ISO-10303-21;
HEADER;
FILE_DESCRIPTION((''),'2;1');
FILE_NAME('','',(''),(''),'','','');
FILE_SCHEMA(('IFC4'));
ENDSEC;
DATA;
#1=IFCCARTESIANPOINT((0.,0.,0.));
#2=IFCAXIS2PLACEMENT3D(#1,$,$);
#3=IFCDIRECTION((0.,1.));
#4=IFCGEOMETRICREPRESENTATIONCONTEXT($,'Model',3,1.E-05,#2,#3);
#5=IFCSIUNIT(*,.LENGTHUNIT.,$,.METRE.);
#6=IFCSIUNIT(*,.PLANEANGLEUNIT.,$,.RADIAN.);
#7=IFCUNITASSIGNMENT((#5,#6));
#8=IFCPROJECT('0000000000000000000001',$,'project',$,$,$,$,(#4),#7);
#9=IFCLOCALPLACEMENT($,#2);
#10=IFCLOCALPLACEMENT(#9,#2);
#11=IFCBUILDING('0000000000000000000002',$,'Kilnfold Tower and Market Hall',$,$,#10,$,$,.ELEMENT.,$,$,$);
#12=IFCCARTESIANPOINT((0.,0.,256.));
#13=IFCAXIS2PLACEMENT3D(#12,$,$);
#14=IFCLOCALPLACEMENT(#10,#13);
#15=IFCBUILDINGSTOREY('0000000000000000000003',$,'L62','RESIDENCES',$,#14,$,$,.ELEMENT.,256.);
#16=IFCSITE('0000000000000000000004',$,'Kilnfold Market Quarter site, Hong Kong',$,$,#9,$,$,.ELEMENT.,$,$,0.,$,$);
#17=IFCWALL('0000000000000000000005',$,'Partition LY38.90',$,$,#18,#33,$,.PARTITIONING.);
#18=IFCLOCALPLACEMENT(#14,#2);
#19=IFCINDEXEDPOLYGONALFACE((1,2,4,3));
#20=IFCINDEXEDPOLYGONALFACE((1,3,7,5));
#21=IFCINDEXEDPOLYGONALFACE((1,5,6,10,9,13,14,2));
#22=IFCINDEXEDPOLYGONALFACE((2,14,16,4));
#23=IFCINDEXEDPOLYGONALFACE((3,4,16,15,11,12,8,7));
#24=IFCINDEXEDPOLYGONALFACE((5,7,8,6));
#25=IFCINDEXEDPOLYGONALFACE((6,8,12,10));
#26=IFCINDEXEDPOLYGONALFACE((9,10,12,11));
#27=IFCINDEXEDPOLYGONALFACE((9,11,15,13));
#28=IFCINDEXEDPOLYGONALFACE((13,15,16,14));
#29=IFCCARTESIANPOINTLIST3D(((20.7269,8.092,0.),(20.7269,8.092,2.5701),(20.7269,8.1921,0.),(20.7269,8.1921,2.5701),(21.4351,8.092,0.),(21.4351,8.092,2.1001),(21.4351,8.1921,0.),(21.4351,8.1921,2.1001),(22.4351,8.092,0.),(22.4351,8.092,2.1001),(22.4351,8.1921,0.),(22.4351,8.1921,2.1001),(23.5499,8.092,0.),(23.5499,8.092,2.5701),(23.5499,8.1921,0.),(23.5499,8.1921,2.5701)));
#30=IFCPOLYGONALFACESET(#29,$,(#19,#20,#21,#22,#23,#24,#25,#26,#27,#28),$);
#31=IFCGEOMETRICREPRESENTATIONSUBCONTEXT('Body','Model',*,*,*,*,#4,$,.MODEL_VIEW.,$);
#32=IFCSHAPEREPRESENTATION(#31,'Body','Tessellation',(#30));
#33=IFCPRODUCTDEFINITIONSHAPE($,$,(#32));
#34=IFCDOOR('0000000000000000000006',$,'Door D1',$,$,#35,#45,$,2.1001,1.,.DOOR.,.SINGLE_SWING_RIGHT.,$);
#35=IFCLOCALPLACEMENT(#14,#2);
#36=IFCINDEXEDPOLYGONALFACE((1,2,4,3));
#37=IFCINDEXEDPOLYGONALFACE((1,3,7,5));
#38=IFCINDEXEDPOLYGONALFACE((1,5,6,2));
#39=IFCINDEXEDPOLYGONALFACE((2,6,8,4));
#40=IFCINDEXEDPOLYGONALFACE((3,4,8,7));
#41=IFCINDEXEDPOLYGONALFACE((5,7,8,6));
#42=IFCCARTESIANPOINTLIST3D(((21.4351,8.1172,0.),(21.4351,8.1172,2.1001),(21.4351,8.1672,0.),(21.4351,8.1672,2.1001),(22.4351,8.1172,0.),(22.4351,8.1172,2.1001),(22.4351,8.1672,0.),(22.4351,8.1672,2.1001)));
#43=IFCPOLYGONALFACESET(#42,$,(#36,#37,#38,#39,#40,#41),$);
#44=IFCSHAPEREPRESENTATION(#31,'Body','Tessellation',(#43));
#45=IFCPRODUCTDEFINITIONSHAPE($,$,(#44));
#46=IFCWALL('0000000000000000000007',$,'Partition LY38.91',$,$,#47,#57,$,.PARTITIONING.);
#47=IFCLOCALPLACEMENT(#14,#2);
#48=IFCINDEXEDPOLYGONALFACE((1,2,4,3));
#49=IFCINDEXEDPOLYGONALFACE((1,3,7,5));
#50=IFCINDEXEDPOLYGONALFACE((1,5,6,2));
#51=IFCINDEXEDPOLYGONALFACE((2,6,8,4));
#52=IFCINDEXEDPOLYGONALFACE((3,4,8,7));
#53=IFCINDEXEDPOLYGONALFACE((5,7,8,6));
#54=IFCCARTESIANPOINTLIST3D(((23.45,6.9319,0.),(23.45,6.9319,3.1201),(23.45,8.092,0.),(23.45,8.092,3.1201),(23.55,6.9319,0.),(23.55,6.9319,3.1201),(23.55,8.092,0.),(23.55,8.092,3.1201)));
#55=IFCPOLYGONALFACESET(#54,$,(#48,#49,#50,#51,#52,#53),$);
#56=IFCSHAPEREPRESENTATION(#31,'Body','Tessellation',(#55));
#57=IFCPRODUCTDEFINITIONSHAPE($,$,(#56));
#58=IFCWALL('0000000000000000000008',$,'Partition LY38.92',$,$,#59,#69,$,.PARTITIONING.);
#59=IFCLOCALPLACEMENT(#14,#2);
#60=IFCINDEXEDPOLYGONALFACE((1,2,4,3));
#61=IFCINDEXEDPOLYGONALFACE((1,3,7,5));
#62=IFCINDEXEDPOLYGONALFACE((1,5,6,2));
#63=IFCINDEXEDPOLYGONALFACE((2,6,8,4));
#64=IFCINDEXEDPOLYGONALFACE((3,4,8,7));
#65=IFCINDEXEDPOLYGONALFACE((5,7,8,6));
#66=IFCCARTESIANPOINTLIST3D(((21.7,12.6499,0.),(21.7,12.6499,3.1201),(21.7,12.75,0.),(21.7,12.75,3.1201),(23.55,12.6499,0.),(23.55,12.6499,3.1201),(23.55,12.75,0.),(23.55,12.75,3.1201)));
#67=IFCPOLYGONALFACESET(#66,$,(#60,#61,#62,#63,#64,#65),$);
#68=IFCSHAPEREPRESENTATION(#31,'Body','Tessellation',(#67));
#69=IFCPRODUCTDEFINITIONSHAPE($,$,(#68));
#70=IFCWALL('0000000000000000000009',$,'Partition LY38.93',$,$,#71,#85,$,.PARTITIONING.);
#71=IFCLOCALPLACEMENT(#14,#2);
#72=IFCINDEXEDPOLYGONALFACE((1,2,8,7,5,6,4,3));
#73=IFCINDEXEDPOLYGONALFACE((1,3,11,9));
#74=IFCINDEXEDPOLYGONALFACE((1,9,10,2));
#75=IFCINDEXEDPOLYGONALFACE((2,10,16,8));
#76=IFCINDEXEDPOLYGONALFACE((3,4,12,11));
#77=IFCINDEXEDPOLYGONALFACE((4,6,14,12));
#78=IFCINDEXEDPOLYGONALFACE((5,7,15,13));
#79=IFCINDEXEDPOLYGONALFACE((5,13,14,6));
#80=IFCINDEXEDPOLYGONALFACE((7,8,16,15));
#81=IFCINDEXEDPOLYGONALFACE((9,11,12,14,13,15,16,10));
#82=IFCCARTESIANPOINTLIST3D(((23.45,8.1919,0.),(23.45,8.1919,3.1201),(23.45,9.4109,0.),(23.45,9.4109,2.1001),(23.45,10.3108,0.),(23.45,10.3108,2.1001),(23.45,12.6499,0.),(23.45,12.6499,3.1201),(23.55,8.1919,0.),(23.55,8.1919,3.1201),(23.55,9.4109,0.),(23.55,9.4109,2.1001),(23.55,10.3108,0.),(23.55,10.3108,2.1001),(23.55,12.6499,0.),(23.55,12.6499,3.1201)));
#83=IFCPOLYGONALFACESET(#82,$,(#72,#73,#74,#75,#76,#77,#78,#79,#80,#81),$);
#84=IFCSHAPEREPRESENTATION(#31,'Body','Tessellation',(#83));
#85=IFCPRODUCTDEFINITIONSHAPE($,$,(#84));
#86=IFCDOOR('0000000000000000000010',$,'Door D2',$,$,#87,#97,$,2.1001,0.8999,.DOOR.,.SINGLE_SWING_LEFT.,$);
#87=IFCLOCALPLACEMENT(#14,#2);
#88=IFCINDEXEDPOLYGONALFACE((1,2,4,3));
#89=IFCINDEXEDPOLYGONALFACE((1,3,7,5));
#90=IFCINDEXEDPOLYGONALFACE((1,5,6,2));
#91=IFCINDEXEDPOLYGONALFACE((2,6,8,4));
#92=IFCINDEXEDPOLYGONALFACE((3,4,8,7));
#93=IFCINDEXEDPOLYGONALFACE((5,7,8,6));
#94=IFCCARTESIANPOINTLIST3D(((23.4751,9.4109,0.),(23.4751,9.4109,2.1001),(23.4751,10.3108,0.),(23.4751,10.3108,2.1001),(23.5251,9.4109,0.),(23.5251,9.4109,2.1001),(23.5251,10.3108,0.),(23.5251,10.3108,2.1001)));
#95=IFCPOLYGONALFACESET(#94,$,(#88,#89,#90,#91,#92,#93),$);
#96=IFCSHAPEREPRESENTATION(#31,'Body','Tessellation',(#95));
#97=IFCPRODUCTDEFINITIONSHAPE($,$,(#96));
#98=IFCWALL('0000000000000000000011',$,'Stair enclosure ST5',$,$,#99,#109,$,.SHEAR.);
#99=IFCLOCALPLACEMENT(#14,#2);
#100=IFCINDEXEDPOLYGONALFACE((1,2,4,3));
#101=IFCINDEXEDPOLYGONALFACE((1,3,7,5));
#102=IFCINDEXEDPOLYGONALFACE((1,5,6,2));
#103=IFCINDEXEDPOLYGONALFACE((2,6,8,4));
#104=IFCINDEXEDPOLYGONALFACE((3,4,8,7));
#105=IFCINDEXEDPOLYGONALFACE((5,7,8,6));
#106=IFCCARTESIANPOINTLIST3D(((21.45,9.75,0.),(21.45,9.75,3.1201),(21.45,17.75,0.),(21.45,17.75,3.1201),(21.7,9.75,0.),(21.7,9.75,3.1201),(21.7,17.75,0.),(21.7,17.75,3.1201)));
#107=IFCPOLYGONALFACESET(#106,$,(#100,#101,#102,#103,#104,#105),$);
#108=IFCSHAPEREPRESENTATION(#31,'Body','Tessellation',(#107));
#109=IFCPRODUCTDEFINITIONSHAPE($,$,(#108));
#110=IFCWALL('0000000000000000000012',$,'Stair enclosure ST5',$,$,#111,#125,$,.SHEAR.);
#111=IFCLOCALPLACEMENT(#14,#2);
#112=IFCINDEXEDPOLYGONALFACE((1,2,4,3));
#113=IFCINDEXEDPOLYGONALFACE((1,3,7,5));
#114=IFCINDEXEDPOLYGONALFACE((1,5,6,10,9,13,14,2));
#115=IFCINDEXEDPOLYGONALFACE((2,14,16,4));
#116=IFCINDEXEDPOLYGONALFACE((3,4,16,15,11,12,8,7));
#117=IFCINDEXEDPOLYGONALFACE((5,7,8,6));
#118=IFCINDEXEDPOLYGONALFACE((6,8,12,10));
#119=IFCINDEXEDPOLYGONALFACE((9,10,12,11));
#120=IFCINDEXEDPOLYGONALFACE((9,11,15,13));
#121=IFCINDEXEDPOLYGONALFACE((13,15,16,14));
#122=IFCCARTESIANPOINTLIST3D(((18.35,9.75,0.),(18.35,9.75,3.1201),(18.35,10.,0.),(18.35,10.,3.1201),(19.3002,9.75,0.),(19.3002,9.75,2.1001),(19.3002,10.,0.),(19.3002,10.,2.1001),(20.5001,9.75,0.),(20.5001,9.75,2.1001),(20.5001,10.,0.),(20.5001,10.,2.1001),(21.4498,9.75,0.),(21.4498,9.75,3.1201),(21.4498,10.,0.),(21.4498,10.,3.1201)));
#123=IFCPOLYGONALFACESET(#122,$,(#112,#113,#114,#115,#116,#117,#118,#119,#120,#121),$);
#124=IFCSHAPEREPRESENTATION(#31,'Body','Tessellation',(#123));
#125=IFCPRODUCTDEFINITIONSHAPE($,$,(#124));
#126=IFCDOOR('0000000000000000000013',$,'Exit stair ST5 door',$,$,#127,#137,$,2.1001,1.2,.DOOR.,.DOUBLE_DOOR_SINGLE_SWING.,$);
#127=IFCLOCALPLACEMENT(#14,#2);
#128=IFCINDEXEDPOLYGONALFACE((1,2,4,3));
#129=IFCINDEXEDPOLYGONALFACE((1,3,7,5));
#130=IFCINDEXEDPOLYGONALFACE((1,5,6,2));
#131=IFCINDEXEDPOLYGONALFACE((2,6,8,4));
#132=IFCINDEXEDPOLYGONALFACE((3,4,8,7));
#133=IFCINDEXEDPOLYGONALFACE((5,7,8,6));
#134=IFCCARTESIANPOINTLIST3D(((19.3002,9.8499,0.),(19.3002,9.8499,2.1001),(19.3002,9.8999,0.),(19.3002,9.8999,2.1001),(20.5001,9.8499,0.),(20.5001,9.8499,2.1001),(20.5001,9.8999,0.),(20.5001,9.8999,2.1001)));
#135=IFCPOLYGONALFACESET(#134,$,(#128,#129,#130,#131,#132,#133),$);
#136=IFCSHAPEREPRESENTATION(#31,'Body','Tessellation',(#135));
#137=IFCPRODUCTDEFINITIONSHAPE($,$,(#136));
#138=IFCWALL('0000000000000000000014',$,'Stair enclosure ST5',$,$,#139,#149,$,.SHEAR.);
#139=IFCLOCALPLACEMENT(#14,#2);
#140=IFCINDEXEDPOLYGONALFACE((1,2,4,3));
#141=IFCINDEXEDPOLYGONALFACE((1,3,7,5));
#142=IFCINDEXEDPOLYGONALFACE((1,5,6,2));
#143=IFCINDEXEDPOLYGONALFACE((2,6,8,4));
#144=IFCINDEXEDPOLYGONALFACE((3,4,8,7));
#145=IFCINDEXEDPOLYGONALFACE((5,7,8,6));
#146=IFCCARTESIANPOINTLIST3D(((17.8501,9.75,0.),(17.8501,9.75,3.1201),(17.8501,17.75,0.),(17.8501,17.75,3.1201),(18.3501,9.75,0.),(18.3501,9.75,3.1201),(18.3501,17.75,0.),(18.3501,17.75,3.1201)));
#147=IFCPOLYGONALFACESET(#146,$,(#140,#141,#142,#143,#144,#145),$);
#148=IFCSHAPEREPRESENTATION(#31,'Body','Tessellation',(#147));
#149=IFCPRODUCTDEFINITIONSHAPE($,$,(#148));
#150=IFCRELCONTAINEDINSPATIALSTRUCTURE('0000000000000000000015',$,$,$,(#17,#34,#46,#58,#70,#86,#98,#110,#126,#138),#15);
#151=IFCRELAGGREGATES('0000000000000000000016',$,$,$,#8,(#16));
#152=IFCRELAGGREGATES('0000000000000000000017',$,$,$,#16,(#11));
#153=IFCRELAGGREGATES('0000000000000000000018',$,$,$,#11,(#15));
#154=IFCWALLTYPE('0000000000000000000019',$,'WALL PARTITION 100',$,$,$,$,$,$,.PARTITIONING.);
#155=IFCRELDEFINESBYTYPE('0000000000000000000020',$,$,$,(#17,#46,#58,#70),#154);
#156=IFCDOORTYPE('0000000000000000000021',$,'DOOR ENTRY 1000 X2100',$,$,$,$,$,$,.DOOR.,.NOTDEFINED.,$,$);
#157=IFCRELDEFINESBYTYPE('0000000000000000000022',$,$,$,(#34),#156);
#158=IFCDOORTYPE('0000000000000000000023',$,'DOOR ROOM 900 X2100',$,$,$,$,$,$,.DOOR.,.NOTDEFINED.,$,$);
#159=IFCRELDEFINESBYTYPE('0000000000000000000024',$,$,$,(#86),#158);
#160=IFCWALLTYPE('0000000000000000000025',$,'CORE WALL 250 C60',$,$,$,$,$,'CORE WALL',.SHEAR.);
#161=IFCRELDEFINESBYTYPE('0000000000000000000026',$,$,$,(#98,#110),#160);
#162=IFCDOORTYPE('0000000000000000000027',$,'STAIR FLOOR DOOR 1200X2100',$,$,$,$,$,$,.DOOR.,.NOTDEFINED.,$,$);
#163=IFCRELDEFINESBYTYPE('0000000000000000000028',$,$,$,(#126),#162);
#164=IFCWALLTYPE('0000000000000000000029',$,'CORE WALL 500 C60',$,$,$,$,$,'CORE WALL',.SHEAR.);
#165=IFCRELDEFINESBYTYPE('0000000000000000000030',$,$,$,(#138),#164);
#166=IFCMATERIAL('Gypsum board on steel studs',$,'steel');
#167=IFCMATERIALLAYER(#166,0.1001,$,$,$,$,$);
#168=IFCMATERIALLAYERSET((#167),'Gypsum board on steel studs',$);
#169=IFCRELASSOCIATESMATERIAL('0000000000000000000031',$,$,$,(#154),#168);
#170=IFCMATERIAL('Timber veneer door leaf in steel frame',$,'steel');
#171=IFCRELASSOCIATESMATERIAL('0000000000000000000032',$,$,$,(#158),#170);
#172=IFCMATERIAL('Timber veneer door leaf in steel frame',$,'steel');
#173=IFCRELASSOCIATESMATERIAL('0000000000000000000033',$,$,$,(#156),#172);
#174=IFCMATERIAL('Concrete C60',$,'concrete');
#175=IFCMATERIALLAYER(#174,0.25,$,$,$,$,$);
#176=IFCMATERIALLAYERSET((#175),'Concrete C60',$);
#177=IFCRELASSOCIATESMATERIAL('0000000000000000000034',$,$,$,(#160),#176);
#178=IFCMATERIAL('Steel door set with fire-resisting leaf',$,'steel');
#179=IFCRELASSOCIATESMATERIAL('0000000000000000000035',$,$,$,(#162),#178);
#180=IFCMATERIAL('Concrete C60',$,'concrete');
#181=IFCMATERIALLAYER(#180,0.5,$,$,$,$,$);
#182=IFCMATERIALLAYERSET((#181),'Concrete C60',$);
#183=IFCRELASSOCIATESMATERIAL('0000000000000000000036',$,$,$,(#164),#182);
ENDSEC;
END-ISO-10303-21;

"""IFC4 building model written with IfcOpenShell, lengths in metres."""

from ifc_helpers import new_model, si_unit, direction, frame, frame_2d, origin, place, context, subcontext, project, spatial, rectangle, extrude, source, transform, mapped, material, layer, layer_set, type_object, element, fill, save


model = new_model("IFC4")

# Units and contexts
model_context = context("Model", 3, precision=1e-05, world=origin(), true_north=direction((0.0, 1.0)))
body_context = subcontext(model_context, "Body", "Model", "MODEL_VIEW")
ifc_project = project(units=[si_unit("LENGTHUNIT", "METRE"), si_unit("PLANEANGLEUNIT", "RADIAN")], contexts=[model_context])

# Site, building, storey
site_placement = place(None, origin())
site = spatial("IfcSite", under=ifc_project, at=site_placement, Name="Kilnfold Market Quarter site, Hong Kong", CompositionType="ELEMENT", RefElevation=0.0)
building_placement = place(site_placement, origin())
building = spatial("IfcBuilding", under=site, at=building_placement, Name="Kilnfold Tower and Market Hall", CompositionType="ELEMENT")
storey_placement = place(building_placement, frame((0.0, 0.0, 256.0)))
storey = spatial("IfcBuildingStorey", under=building, at=storey_placement, Name="L62", Description="RESIDENCES", CompositionType="ELEMENT", Elevation=256.0)

# Shared definitions
ifc_material_1 = material(Name="Gypsum board on steel studs", Category="steel")
ifc_layer_1 = layer(ifc_material_1, 0.1001)
ifc_layer_set_1 = layer_set([ifc_layer_1], Name="Gypsum board on steel studs")
wall_type_1 = type_object("IfcWallType", Name="WALL PARTITION 100", PredefinedType="PARTITIONING", material=ifc_layer_set_1)

# Wall, opening, door
ifc_material_2 = material(Name="Timber veneer door leaf in steel frame", Category="steel")
door_type_1 = type_object("IfcDoorType", Name="DOOR ROOM 900 X2100", OperationType="NOTDEFINED", PredefinedType="DOOR", material=ifc_material_2)
wall_1_placement = place(storey_placement, frame((23.55, 8.1421, 0.0), z_axis=(0.0, 0.0, 1.0), x_axis=(-1.0, 0.0, 0.0)))
wall_1 = element("IfcWall", 1, at=wall_1_placement, inside=storey, type_object=wall_type_1, Name="Partition LY38.90", PredefinedType="PARTITIONING", context=body_context, shape_type="SweptSolid", body=[
    extrude(rectangle(XDim=2.823, YDim=0.1001, at=frame_2d((1.4116, 0.0))), origin(), (0.0, 0.0, 1.0), 2.5701),
])
opening_1_placement = place(wall_1_placement, frame((1.115, 0.0, 0.0)))
opening_1 = element("IfcOpeningElement", 2, at=opening_1_placement, cuts=wall_1, PredefinedType="OPENING", context=body_context, shape_type="SweptSolid", body=[
    extrude(rectangle(XDim=1.0, YDim=2.1001, at=frame_2d((0.5, 1.05))), frame((0.0, 0.0601, 0.0), z_axis=(0.0, -1.0, 0.0), x_axis=(1.0, 0.0, 0.0)), (0.0, 0.0, 1.0), 0.1201),
])
ifc_material_3 = material(Name="Timber veneer door leaf in steel frame", Category="steel")
door_type_2 = type_object("IfcDoorType", Name="DOOR ENTRY 1000 X2100", OperationType="NOTDEFINED", PredefinedType="DOOR", material=ifc_material_3)
door_1_placement = place(opening_1_placement, origin())
door_1 = element("IfcDoor", 3, at=door_1_placement, inside=storey, type_object=door_type_2, Name="Door D1", OperationType="SINGLE_SWING_RIGHT", OverallHeight=2.1001, OverallWidth=1.0, PredefinedType="DOOR", context=body_context, shape_type="SweptSolid", body=[
    extrude(rectangle(XDim=1.0, YDim=2.1001, at=frame_2d((0.5, 1.05))), frame((0.0, 0.0249, 0.0), z_axis=(0.0, -1.0, 0.0), x_axis=(1.0, 0.0, 0.0)), (0.0, 0.0, 1.0), 0.05),
])
fill(opening_1, door_1)

# Walls
wall_2_placement = place(storey_placement, frame((23.5, 6.9319, 0.0), z_axis=(0.0, 0.0, 1.0), x_axis=(0.0, 1.0, 0.0)))
element("IfcWall", 4, at=wall_2_placement, inside=storey, type_object=wall_type_1, Name="Partition LY38.91", PredefinedType="PARTITIONING", context=body_context, shape_type="SweptSolid", body=[
    extrude(rectangle(XDim=1.1602, YDim=0.1001, at=frame_2d((0.5801, 0.0))), origin(), (0.0, 0.0, 1.0), 3.1201),
])
wall_3_placement = place(storey_placement, frame((23.55, 12.7, 0.0), z_axis=(0.0, 0.0, 1.0), x_axis=(-1.0, 0.0, 0.0)))
element("IfcWall", 5, at=wall_3_placement, inside=storey, type_object=wall_type_1, Name="Partition LY38.92", PredefinedType="PARTITIONING", context=body_context, shape_type="SweptSolid", body=[
    extrude(rectangle(XDim=1.8501, YDim=0.1001, at=frame_2d((0.925, 0.0))), origin(), (0.0, 0.0, 1.0), 3.1201),
])

# Wall, opening, door
wall_4_placement = place(storey_placement, frame((23.5, 8.1919, 0.0), z_axis=(0.0, 0.0, 1.0), x_axis=(0.0, 1.0, 0.0)))
wall_4 = element("IfcWall", 6, at=wall_4_placement, inside=storey, type_object=wall_type_1, Name="Partition LY38.93", PredefinedType="PARTITIONING", context=body_context, shape_type="SweptSolid", body=[
    extrude(rectangle(XDim=4.458, YDim=0.1001, at=frame_2d((2.229, 0.0))), origin(), (0.0, 0.0, 1.0), 3.1201),
])
opening_2_placement = place(wall_4_placement, frame((1.219, 0.0, 0.0)))
opening_2 = element("IfcOpeningElement", 7, at=opening_2_placement, cuts=wall_4, PredefinedType="OPENING", context=body_context, shape_type="SweptSolid", body=[
    extrude(rectangle(XDim=0.8999, YDim=2.1001, at=frame_2d((0.45, 1.05))), frame((0.0, 0.0601, 0.0), z_axis=(0.0, -1.0, 0.0), x_axis=(1.0, 0.0, 0.0)), (0.0, 0.0, 1.0), 0.1201),
])
door_2_placement = place(opening_2_placement, origin())
door_2 = element("IfcDoor", 8, at=door_2_placement, inside=storey, type_object=door_type_1, Name="Door D2", OperationType="SINGLE_SWING_LEFT", OverallHeight=2.1001, OverallWidth=0.8999, PredefinedType="DOOR", context=body_context, shape_type="SweptSolid", body=[
    extrude(rectangle(XDim=0.8999, YDim=2.1001, at=frame_2d((0.45, 1.05))), frame((0.0, 0.0249, 0.0), z_axis=(0.0, -1.0, 0.0), x_axis=(1.0, 0.0, 0.0)), (0.0, 0.0, 1.0), 0.05),
])
fill(opening_2, door_2)

# Wall
ifc_material_4 = material(Name="Concrete C60", Category="concrete")
ifc_layer_2 = layer(ifc_material_4, 0.25)
ifc_layer_set_2 = layer_set([ifc_layer_2], Name="Concrete C60")
wall_type_2 = type_object("IfcWallType", Name="CORE WALL 250 C60", ElementType="CORE WALL", PredefinedType="SHEAR", material=ifc_layer_set_2)
shared_shape_1 = source(origin(), body_context, "Body", "SweptSolid", [
    extrude(rectangle(XDim=8.0, YDim=0.25, at=frame_2d((4.0, 0.0))), origin(), (0.0, 0.0, 1.0), 3.1201),
])
wall_5_placement = place(storey_placement, frame((21.575, 9.75, 0.0), z_axis=(0.0, 0.0, 1.0), x_axis=(0.0, 1.0, 0.0)))
element("IfcWall", 9, at=wall_5_placement, inside=storey, type_object=wall_type_2, Name="Stair enclosure ST5", PredefinedType="SHEAR", context=body_context, shape_type="MappedRepresentation", body=[
    mapped(shared_shape_1, transform((0.0, 0.0, 0.0))),
])

# Wall, opening, door
shared_shape_2 = source(origin(), body_context, "Body", "SweptSolid", [
    extrude(rectangle(XDim=3.0999, YDim=0.25, at=frame_2d((1.5498, 0.0))), origin(), (0.0, 0.0, 1.0), 3.1201),
])
wall_6_placement = place(storey_placement, frame((18.3501, 9.875, 0.0), z_axis=(0.0, 0.0, 1.0), x_axis=(1.0, 0.0, 0.0)))
wall_6 = element("IfcWall", 10, at=wall_6_placement, inside=storey, type_object=wall_type_2, Name="Stair enclosure ST5", PredefinedType="SHEAR", context=body_context, shape_type="MappedRepresentation", body=[
    mapped(shared_shape_2, transform((0.0, 0.0, 0.0))),
])
opening_3_placement = place(wall_6_placement, frame((0.95, 0.0, 0.0)))
opening_3 = element("IfcOpeningElement", 11, at=opening_3_placement, cuts=wall_6, PredefinedType="OPENING", context=body_context, shape_type="SweptSolid", body=[
    extrude(rectangle(XDim=1.2, YDim=2.1001, at=frame_2d((0.6001, 1.05))), frame((0.0, 0.135, 0.0), z_axis=(0.0, -1.0, 0.0), x_axis=(1.0, 0.0, 0.0)), (0.0, 0.0, 1.0), 0.27),
])
ifc_material_5 = material(Name="Steel door set with fire-resisting leaf", Category="steel")
door_type_3 = type_object("IfcDoorType", Name="STAIR FLOOR DOOR 1200X2100", OperationType="NOTDEFINED", PredefinedType="DOOR", material=ifc_material_5)
door_3_placement = place(opening_3_placement, origin())
door_3 = element("IfcDoor", 12, at=door_3_placement, inside=storey, type_object=door_type_3, Name="Exit stair ST5 door", OperationType="DOUBLE_DOOR_SINGLE_SWING", OverallHeight=2.1001, OverallWidth=1.2, PredefinedType="DOOR", context=body_context, shape_type="SweptSolid", body=[
    extrude(rectangle(XDim=1.2, YDim=2.1001, at=frame_2d((0.6001, 1.05))), frame((0.0, 0.0249, 0.0), z_axis=(0.0, -1.0, 0.0), x_axis=(1.0, 0.0, 0.0)), (0.0, 0.0, 1.0), 0.05),
])
fill(opening_3, door_3)

# Wall
ifc_material_6 = material(Name="Concrete C60", Category="concrete")
ifc_layer_3 = layer(ifc_material_6, 0.5)
ifc_layer_set_3 = layer_set([ifc_layer_3], Name="Concrete C60")
wall_type_3 = type_object("IfcWallType", Name="CORE WALL 500 C60", ElementType="CORE WALL", PredefinedType="SHEAR", material=ifc_layer_set_3)
shared_shape_3 = source(origin(), body_context, "Body", "SweptSolid", [
    extrude(rectangle(XDim=8.0, YDim=0.5, at=frame_2d((4.0, 0.0))), origin(), (0.0, 0.0, 1.0), 3.1201),
])
wall_7_placement = place(storey_placement, frame((18.1001, 9.75, 0.0), z_axis=(0.0, 0.0, 1.0), x_axis=(0.0, 1.0, 0.0)))
element("IfcWall", 13, at=wall_7_placement, inside=storey, type_object=wall_type_3, Name="Stair enclosure ST5", PredefinedType="SHEAR", context=body_context, shape_type="MappedRepresentation", body=[
    mapped(shared_shape_3, transform((0.0, 0.0, 0.0))),
])

save(model, "model.ifc")
